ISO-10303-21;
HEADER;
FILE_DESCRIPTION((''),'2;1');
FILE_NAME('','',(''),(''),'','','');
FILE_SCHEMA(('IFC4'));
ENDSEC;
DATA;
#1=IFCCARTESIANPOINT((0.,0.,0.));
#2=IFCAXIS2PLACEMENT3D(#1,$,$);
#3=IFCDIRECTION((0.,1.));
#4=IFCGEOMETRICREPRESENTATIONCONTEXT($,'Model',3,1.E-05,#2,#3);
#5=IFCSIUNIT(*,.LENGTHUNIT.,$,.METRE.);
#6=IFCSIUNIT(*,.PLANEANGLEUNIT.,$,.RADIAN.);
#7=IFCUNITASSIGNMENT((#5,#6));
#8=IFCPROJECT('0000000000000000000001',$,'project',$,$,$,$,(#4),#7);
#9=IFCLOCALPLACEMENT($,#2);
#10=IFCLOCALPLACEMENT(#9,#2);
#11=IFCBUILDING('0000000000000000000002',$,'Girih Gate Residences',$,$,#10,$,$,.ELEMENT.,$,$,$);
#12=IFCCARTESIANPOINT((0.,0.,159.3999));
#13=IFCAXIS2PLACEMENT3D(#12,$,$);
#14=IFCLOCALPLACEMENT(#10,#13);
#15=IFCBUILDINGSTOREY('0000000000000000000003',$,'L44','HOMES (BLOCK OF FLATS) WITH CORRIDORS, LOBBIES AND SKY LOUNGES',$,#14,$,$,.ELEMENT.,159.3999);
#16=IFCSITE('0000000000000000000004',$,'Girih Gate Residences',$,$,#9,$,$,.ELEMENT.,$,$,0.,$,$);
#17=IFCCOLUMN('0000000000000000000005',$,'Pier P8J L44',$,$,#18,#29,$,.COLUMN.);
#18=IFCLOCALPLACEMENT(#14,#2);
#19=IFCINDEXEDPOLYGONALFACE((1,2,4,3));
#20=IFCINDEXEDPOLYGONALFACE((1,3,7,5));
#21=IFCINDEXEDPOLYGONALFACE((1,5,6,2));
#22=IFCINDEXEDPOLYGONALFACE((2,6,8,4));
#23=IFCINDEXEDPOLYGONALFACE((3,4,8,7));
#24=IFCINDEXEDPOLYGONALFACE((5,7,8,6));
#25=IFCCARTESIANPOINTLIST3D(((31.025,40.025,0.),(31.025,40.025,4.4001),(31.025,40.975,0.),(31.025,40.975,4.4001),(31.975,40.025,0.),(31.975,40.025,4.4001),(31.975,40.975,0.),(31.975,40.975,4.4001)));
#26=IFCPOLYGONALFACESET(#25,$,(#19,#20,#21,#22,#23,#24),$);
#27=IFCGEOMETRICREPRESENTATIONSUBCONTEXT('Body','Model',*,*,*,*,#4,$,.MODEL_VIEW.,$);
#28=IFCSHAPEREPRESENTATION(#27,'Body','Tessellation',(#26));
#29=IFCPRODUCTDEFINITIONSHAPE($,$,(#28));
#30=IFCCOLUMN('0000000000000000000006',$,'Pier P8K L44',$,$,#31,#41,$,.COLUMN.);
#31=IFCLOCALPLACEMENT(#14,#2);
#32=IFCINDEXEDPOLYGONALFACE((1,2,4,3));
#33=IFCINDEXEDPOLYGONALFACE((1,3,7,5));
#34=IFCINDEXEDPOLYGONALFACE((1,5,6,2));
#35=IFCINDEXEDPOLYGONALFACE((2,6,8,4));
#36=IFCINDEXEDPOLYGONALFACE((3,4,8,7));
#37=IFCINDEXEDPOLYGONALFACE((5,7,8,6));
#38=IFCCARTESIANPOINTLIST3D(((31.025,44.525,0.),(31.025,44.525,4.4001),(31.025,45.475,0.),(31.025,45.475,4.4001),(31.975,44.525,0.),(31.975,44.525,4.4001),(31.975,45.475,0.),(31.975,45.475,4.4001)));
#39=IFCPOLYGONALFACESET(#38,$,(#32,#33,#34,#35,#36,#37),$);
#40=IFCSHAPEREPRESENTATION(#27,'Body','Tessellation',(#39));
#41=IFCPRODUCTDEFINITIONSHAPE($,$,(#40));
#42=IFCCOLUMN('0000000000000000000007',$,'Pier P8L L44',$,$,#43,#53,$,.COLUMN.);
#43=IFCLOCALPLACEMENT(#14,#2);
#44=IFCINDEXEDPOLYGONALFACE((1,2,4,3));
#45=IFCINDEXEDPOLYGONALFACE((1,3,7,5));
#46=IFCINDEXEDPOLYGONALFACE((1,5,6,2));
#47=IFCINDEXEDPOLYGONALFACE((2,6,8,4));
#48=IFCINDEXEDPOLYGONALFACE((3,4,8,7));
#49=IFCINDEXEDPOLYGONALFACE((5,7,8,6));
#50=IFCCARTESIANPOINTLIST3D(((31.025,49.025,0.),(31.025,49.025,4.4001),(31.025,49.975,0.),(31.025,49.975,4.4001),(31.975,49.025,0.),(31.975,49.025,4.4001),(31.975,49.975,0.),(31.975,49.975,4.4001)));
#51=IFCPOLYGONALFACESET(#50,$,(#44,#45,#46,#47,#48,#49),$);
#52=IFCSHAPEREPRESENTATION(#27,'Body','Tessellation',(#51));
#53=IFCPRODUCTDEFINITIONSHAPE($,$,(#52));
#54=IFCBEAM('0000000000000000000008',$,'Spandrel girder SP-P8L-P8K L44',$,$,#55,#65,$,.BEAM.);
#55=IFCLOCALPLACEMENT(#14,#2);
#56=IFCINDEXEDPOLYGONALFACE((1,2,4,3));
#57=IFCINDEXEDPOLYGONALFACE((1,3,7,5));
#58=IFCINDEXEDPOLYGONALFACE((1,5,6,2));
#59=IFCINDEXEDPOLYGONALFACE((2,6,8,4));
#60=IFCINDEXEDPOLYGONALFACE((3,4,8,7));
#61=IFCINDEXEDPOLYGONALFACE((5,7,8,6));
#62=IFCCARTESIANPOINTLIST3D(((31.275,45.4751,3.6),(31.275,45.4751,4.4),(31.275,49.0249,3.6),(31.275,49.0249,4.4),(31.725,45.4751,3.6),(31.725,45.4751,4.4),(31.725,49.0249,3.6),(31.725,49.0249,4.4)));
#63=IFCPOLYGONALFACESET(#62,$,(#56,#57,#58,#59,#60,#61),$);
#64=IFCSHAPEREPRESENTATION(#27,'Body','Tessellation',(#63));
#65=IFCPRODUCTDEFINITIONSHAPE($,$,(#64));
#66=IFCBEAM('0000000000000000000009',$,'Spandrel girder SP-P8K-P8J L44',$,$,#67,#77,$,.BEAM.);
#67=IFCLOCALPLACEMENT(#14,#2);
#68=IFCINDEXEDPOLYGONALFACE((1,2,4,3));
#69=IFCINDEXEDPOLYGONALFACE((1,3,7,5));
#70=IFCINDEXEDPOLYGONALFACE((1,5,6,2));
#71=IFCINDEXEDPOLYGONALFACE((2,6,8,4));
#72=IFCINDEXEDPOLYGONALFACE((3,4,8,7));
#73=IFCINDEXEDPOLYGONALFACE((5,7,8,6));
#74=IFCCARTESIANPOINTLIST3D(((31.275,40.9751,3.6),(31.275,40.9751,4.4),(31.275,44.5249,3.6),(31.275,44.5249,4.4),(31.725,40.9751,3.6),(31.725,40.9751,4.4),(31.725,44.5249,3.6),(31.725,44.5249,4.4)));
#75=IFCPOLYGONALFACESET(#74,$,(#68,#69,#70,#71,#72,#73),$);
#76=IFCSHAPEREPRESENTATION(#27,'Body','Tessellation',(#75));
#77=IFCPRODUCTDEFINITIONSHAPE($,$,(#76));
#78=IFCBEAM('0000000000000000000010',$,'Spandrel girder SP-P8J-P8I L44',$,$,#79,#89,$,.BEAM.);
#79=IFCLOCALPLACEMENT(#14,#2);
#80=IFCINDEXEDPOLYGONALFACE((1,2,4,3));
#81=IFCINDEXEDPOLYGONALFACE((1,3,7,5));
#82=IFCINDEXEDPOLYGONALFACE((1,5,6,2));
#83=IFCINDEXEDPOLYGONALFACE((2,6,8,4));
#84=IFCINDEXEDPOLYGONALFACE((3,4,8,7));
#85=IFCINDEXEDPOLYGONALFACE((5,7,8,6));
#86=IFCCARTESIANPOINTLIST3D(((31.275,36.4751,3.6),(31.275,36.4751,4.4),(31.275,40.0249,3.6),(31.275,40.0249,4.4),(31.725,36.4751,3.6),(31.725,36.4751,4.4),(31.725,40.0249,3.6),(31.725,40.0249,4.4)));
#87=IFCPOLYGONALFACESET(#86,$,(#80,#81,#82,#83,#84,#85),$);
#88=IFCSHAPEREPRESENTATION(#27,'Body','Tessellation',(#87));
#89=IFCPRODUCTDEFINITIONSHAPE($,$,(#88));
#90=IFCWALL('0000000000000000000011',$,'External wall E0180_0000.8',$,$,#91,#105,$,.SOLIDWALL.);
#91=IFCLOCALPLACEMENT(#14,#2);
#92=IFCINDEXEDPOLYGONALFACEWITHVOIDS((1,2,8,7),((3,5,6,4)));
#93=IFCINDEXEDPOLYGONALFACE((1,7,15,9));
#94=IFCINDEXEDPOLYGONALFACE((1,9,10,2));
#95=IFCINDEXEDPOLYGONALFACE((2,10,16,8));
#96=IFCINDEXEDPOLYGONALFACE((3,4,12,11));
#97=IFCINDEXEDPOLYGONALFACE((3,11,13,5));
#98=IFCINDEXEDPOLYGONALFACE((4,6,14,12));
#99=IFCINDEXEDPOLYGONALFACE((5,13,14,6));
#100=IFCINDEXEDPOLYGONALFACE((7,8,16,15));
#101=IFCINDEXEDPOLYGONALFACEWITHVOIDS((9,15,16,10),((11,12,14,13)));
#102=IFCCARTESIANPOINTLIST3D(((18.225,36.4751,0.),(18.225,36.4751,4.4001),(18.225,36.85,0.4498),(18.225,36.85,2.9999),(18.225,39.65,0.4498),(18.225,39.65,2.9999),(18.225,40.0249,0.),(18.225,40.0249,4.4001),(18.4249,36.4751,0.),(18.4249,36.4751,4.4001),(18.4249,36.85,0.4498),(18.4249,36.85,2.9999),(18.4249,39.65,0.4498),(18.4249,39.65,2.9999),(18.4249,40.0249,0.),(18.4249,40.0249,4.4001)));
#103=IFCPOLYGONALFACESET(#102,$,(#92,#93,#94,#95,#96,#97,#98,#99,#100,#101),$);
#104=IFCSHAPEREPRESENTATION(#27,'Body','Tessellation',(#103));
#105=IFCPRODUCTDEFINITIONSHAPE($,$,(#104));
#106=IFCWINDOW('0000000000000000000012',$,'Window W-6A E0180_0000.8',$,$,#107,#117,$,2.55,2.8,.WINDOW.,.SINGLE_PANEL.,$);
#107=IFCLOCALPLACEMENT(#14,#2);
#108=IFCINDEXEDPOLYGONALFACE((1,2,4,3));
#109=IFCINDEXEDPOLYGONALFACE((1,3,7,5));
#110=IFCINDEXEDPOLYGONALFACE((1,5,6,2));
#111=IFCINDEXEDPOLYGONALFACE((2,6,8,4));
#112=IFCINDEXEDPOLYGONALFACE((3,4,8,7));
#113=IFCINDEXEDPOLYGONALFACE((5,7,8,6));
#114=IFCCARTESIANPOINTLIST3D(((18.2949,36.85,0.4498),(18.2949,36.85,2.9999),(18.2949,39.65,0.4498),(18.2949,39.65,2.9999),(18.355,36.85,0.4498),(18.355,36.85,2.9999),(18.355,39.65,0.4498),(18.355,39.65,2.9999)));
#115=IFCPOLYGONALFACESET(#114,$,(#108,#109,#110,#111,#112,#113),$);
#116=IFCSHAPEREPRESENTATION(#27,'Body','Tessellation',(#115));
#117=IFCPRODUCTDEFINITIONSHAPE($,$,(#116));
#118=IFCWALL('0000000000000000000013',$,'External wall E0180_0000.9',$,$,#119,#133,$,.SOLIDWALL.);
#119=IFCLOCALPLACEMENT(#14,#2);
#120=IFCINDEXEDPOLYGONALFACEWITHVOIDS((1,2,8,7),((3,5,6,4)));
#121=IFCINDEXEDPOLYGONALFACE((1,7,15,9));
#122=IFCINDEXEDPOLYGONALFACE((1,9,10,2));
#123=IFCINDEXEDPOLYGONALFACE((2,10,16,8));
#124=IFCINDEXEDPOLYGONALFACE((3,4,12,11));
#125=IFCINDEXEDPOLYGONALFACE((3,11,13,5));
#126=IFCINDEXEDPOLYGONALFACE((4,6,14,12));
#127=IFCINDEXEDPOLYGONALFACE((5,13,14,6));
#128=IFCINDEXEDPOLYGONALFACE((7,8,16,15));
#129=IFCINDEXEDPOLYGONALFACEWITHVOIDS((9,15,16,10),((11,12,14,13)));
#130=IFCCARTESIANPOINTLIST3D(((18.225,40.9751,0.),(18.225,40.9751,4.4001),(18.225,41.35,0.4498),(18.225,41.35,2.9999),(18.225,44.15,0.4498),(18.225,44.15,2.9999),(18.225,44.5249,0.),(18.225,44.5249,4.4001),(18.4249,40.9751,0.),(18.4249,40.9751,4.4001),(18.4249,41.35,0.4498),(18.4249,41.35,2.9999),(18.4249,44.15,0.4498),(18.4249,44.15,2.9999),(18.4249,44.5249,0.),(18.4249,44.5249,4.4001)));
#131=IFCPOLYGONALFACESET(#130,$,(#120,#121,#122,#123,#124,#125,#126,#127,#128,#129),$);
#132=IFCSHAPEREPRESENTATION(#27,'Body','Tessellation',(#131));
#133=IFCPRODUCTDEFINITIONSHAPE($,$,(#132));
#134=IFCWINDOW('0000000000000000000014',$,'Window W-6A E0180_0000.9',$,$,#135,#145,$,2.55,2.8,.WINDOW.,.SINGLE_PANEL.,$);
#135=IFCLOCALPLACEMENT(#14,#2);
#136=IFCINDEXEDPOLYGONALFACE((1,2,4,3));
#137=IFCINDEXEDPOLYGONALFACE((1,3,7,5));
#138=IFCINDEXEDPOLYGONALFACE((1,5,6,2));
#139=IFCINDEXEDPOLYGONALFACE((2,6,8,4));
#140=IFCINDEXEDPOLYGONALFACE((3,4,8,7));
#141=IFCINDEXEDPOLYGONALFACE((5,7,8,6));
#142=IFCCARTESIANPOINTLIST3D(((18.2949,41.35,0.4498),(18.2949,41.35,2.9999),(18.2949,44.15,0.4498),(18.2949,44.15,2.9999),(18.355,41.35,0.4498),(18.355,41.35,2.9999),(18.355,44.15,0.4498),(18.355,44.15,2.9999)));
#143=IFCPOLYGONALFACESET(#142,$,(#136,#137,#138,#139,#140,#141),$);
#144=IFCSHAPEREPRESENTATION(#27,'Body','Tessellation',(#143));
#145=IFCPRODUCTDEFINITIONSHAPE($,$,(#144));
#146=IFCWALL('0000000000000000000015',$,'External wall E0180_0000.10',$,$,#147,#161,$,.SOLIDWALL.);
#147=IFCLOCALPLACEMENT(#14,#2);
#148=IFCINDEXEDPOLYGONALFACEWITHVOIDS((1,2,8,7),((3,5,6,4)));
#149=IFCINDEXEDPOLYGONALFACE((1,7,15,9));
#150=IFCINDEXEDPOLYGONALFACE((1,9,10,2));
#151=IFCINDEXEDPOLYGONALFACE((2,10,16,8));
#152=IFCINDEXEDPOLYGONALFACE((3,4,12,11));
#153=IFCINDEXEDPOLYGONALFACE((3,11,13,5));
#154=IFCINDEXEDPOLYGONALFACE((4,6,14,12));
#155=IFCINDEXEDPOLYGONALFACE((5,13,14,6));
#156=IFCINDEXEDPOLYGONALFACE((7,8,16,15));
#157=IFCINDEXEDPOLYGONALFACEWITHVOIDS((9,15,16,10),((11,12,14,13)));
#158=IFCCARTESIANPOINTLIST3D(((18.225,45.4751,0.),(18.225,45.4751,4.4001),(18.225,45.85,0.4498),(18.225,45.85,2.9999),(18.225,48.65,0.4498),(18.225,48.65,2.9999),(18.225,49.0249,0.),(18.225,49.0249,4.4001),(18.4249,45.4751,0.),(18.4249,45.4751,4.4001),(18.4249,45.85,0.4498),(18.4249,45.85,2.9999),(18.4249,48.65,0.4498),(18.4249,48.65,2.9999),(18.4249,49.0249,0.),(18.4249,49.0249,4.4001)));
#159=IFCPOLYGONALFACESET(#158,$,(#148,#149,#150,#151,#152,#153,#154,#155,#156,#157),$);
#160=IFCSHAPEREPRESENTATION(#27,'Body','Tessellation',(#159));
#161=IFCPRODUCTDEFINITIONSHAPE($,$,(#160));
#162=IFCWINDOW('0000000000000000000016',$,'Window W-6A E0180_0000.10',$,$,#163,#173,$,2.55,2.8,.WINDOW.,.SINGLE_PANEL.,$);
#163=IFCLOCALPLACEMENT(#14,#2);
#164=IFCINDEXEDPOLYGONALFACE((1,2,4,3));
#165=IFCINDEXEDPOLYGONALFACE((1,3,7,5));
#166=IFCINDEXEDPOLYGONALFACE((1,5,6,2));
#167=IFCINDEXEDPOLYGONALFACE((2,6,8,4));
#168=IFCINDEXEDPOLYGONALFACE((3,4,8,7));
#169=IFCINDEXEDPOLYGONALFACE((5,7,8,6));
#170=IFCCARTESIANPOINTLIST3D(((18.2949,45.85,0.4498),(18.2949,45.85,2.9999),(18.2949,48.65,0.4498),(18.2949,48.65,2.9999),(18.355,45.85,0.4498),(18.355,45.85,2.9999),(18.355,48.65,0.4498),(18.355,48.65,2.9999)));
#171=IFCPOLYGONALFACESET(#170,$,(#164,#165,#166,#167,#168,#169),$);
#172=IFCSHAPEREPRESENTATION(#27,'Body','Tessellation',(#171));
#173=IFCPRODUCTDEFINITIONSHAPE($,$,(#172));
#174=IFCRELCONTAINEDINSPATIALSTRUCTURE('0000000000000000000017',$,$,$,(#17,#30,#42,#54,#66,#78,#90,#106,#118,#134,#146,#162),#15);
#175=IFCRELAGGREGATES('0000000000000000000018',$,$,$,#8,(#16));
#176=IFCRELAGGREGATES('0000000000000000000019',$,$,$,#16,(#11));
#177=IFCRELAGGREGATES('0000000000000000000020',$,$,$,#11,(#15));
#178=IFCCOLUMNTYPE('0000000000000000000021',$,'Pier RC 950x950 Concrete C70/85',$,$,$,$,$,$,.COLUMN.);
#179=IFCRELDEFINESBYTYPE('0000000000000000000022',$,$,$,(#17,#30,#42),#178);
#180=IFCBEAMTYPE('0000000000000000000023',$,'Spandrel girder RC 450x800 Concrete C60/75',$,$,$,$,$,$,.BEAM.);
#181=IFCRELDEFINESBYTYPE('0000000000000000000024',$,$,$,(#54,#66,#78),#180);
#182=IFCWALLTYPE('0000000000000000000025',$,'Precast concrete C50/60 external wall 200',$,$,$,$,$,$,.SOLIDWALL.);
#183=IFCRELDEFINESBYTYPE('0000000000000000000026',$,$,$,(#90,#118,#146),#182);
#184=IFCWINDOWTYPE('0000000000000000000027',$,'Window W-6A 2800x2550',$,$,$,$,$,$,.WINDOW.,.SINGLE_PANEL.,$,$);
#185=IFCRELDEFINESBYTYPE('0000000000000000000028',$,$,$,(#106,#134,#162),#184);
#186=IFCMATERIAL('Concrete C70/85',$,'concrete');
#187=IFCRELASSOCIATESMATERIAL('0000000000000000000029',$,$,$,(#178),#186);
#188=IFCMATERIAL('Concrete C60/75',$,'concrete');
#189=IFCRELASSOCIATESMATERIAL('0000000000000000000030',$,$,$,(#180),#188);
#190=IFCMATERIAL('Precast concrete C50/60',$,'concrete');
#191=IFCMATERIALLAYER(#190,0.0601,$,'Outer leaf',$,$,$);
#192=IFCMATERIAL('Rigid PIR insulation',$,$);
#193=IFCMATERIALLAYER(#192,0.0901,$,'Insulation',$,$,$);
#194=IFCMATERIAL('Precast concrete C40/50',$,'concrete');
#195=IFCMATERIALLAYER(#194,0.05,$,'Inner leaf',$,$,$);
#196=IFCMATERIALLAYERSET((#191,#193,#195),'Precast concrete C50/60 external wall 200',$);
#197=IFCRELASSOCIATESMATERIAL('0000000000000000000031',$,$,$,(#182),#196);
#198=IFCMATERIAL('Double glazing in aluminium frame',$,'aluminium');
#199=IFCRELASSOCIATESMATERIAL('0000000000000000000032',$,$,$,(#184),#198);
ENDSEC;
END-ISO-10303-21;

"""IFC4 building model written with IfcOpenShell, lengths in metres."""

from ifc_helpers import new_model, si_unit, direction, frame, frame_2d, origin, origin_2d, place, context, subcontext, project, spatial, rectangle, extrude, material, layer, layer_set, material_profile, profile_set, type_object, element, fill, save


model = new_model("IFC4")

# Units and contexts
model_context = context("Model", 3, precision=1e-05, world=origin(), true_north=direction((0.0, 1.0)))
body_context = subcontext(model_context, "Body", "Model", "MODEL_VIEW")
ifc_project = project(units=[si_unit("LENGTHUNIT", "METRE"), si_unit("PLANEANGLEUNIT", "RADIAN")], contexts=[model_context])

# Site, building, storey
site_placement = place(None, origin())
site = spatial("IfcSite", under=ifc_project, at=site_placement, Name="Girih Gate Residences", CompositionType="ELEMENT", RefElevation=0.0)
building_placement = place(site_placement, origin())
building = spatial("IfcBuilding", under=site, at=building_placement, Name="Girih Gate Residences", CompositionType="ELEMENT")
storey_placement = place(building_placement, frame((0.0, 0.0, 159.3999)))
storey = spatial("IfcBuildingStorey", under=building, at=storey_placement, Name="L44", Description="HOMES (BLOCK OF FLATS) WITH CORRIDORS, LOBBIES AND SKY LOUNGES", CompositionType="ELEMENT", Elevation=159.3999)

# Columns
ifc_material_1 = material(Name="Concrete C70/85", Category="concrete")
ifc_material_profile_1 = material_profile(ifc_material_1, rectangle(XDim=0.95, YDim=0.95, at=origin_2d()))
ifc_profile_set_1 = profile_set([ifc_material_profile_1], Name="Concrete C70/85")
column_type = type_object("IfcColumnType", Name="Pier RC 950x950 Concrete C70/85", PredefinedType="COLUMN", material=ifc_profile_set_1)
for number, where, z_axis, x_axis, name in (
    (1, (31.5, 40.5, 0.0), (0.0, 0.0, 1.0), (1.0, 0.0, 0.0), "Pier P8J L44"),
    (2, (31.5, 45.0, 0.0), (0.0, 0.0, 1.0), (1.0, 0.0, 0.0), "Pier P8K L44"),
    (3, (31.5, 49.5, 0.0), (0.0, 0.0, 1.0), (1.0, 0.0, 0.0), "Pier P8L L44"),
):
    element("IfcColumn", number, at=place(storey_placement, frame(where, z_axis=z_axis, x_axis=x_axis)), inside=storey, type_object=column_type, Name=name, PredefinedType="COLUMN", context=body_context, shape_type="SweptSolid", body=[
        extrude(rectangle(XDim=0.95, YDim=0.95, at=origin_2d()), origin(), (0.0, 0.0, 1.0), 4.4001),
    ])

# Beams
ifc_material_2 = material(Name="Concrete C60/75", Category="concrete")
ifc_material_profile_2 = material_profile(ifc_material_2, rectangle(XDim=0.45, YDim=0.8, at=origin_2d()))
ifc_profile_set_2 = profile_set([ifc_material_profile_2], Name="Concrete C60/75")
beam_type = type_object("IfcBeamType", Name="Spandrel girder RC 450x800 Concrete C60/75", PredefinedType="BEAM", material=ifc_profile_set_2)
for number, where, z_axis, x_axis, name in (
    (4, (31.5, 49.0249, 4.0), (0.0, -1.0, 0.0), (1.0, 0.0, 0.0), "Spandrel girder SP-P8L-P8K L44"),
    (5, (31.5, 44.5249, 4.0), (0.0, -1.0, 0.0), (1.0, 0.0, 0.0), "Spandrel girder SP-P8K-P8J L44"),
    (6, (31.5, 40.0249, 4.0), (0.0, -1.0, 0.0), (1.0, 0.0, 0.0), "Spandrel girder SP-P8J-P8I L44"),
):
    element("IfcBeam", number, at=place(storey_placement, frame(where, z_axis=z_axis, x_axis=x_axis)), inside=storey, type_object=beam_type, Name=name, PredefinedType="BEAM", context=body_context, shape_type="SweptSolid", body=[
        extrude(rectangle(XDim=0.45, YDim=0.8, at=origin_2d()), origin(), (0.0, 0.0, 1.0), 3.5498),
    ])

# Walls, openings, windows
ifc_material_3 = material(Name="Precast concrete C50/60", Category="concrete")
ifc_layer_1 = layer(ifc_material_3, 0.0601, Name="Outer leaf")
ifc_material_4 = material(Name="Rigid PIR insulation")
ifc_layer_2 = layer(ifc_material_4, 0.0901, Name="Insulation")
ifc_material_5 = material(Name="Precast concrete C40/50", Category="concrete")
ifc_layer_3 = layer(ifc_material_5, 0.05, Name="Inner leaf")
ifc_layer_set = layer_set([ifc_layer_1, ifc_layer_2, ifc_layer_3], Name="Precast concrete C50/60 external wall 200")
wall_type = type_object("IfcWallType", Name="Precast concrete C50/60 external wall 200", PredefinedType="SOLIDWALL", material=ifc_layer_set)
wall_1_placement = place(storey_placement, frame((18.325, 40.0249, 0.0), z_axis=(0.0, 0.0, 1.0), x_axis=(0.0, -1.0, 0.0)))
wall_1 = element("IfcWall", 7, at=wall_1_placement, inside=storey, type_object=wall_type, Name="External wall E0180_0000.8", PredefinedType="SOLIDWALL", context=body_context, shape_type="SweptSolid", body=[
    extrude(rectangle(XDim=3.5498, YDim=0.2, at=frame_2d((1.7749, 0.0))), origin(), (0.0, 0.0, 1.0), 4.4001),
])
opening_1_placement = place(wall_1_placement, frame((0.375, 0.0, 0.45)))
opening_1 = element("IfcOpeningElement", 8, at=opening_1_placement, cuts=wall_1, PredefinedType="OPENING", context=body_context, shape_type="SweptSolid", body=[
    extrude(rectangle(XDim=2.8, YDim=2.55, at=frame_2d((1.3999, 1.2749))), frame((0.0, 0.1099, 0.0), z_axis=(0.0, -1.0, 0.0), x_axis=(1.0, 0.0, 0.0)), (0.0, 0.0, 1.0), 0.22),
])
ifc_material_6 = material(Name="Double glazing in aluminium frame", Category="aluminium")
window_type = type_object("IfcWindowType", Name="Window W-6A 2800x2550", PartitioningType="SINGLE_PANEL", PredefinedType="WINDOW", material=ifc_material_6)
window_1_placement = place(opening_1_placement, origin())
window_1 = element("IfcWindow", 9, at=window_1_placement, inside=storey, type_object=window_type, Name="Window W-6A E0180_0000.8", OverallHeight=2.55, OverallWidth=2.8, PartitioningType="SINGLE_PANEL", PredefinedType="WINDOW", context=body_context, shape_type="SweptSolid", body=[
    extrude(rectangle(XDim=2.8, YDim=2.55, at=frame_2d((1.3999, 1.2749))), frame((0.0, 0.03, 0.0), z_axis=(0.0, -1.0, 0.0), x_axis=(1.0, 0.0, 0.0)), (0.0, 0.0, 1.0), 0.0601),
])
fill(opening_1, window_1)
wall_2_placement = place(storey_placement, frame((18.325, 44.5249, 0.0), z_axis=(0.0, 0.0, 1.0), x_axis=(0.0, -1.0, 0.0)))
wall_2 = element("IfcWall", 10, at=wall_2_placement, inside=storey, type_object=wall_type, Name="External wall E0180_0000.9", PredefinedType="SOLIDWALL", context=body_context, shape_type="SweptSolid", body=[
    extrude(rectangle(XDim=3.5498, YDim=0.2, at=frame_2d((1.7749, 0.0))), origin(), (0.0, 0.0, 1.0), 4.4001),
])
opening_2_placement = place(wall_2_placement, frame((0.375, 0.0, 0.45)))
opening_2 = element("IfcOpeningElement", 11, at=opening_2_placement, cuts=wall_2, PredefinedType="OPENING", context=body_context, shape_type="SweptSolid", body=[
    extrude(rectangle(XDim=2.8, YDim=2.55, at=frame_2d((1.3999, 1.2749))), frame((0.0, 0.1099, 0.0), z_axis=(0.0, -1.0, 0.0), x_axis=(1.0, 0.0, 0.0)), (0.0, 0.0, 1.0), 0.22),
])
window_2_placement = place(opening_2_placement, origin())
window_2 = element("IfcWindow", 12, at=window_2_placement, inside=storey, type_object=window_type, Name="Window W-6A E0180_0000.9", OverallHeight=2.55, OverallWidth=2.8, PartitioningType="SINGLE_PANEL", PredefinedType="WINDOW", context=body_context, shape_type="SweptSolid", body=[
    extrude(rectangle(XDim=2.8, YDim=2.55, at=frame_2d((1.3999, 1.2749))), frame((0.0, 0.03, 0.0), z_axis=(0.0, -1.0, 0.0), x_axis=(1.0, 0.0, 0.0)), (0.0, 0.0, 1.0), 0.0601),
])
fill(opening_2, window_2)
wall_3_placement = place(storey_placement, frame((18.325, 49.0249, 0.0), z_axis=(0.0, 0.0, 1.0), x_axis=(0.0, -1.0, 0.0)))
wall_3 = element("IfcWall", 13, at=wall_3_placement, inside=storey, type_object=wall_type, Name="External wall E0180_0000.10", PredefinedType="SOLIDWALL", context=body_context, shape_type="SweptSolid", body=[
    extrude(rectangle(XDim=3.5498, YDim=0.2, at=frame_2d((1.7749, 0.0))), origin(), (0.0, 0.0, 1.0), 4.4001),
])
opening_3_placement = place(wall_3_placement, frame((0.375, 0.0, 0.45)))
opening_3 = element("IfcOpeningElement", 14, at=opening_3_placement, cuts=wall_3, PredefinedType="OPENING", context=body_context, shape_type="SweptSolid", body=[
    extrude(rectangle(XDim=2.8, YDim=2.55, at=frame_2d((1.3999, 1.2749))), frame((0.0, 0.1099, 0.0), z_axis=(0.0, -1.0, 0.0), x_axis=(1.0, 0.0, 0.0)), (0.0, 0.0, 1.0), 0.22),
])
window_3_placement = place(opening_3_placement, origin())
window_3 = element("IfcWindow", 15, at=window_3_placement, inside=storey, type_object=window_type, Name="Window W-6A E0180_0000.10", OverallHeight=2.55, OverallWidth=2.8, PartitioningType="SINGLE_PANEL", PredefinedType="WINDOW", context=body_context, shape_type="SweptSolid", body=[
    extrude(rectangle(XDim=2.8, YDim=2.55, at=frame_2d((1.3999, 1.2749))), frame((0.0, 0.03, 0.0), z_axis=(0.0, -1.0, 0.0), x_axis=(1.0, 0.0, 0.0)), (0.0, 0.0, 1.0), 0.0601),
])
fill(opening_3, window_3)

save(model, "model.ifc")
